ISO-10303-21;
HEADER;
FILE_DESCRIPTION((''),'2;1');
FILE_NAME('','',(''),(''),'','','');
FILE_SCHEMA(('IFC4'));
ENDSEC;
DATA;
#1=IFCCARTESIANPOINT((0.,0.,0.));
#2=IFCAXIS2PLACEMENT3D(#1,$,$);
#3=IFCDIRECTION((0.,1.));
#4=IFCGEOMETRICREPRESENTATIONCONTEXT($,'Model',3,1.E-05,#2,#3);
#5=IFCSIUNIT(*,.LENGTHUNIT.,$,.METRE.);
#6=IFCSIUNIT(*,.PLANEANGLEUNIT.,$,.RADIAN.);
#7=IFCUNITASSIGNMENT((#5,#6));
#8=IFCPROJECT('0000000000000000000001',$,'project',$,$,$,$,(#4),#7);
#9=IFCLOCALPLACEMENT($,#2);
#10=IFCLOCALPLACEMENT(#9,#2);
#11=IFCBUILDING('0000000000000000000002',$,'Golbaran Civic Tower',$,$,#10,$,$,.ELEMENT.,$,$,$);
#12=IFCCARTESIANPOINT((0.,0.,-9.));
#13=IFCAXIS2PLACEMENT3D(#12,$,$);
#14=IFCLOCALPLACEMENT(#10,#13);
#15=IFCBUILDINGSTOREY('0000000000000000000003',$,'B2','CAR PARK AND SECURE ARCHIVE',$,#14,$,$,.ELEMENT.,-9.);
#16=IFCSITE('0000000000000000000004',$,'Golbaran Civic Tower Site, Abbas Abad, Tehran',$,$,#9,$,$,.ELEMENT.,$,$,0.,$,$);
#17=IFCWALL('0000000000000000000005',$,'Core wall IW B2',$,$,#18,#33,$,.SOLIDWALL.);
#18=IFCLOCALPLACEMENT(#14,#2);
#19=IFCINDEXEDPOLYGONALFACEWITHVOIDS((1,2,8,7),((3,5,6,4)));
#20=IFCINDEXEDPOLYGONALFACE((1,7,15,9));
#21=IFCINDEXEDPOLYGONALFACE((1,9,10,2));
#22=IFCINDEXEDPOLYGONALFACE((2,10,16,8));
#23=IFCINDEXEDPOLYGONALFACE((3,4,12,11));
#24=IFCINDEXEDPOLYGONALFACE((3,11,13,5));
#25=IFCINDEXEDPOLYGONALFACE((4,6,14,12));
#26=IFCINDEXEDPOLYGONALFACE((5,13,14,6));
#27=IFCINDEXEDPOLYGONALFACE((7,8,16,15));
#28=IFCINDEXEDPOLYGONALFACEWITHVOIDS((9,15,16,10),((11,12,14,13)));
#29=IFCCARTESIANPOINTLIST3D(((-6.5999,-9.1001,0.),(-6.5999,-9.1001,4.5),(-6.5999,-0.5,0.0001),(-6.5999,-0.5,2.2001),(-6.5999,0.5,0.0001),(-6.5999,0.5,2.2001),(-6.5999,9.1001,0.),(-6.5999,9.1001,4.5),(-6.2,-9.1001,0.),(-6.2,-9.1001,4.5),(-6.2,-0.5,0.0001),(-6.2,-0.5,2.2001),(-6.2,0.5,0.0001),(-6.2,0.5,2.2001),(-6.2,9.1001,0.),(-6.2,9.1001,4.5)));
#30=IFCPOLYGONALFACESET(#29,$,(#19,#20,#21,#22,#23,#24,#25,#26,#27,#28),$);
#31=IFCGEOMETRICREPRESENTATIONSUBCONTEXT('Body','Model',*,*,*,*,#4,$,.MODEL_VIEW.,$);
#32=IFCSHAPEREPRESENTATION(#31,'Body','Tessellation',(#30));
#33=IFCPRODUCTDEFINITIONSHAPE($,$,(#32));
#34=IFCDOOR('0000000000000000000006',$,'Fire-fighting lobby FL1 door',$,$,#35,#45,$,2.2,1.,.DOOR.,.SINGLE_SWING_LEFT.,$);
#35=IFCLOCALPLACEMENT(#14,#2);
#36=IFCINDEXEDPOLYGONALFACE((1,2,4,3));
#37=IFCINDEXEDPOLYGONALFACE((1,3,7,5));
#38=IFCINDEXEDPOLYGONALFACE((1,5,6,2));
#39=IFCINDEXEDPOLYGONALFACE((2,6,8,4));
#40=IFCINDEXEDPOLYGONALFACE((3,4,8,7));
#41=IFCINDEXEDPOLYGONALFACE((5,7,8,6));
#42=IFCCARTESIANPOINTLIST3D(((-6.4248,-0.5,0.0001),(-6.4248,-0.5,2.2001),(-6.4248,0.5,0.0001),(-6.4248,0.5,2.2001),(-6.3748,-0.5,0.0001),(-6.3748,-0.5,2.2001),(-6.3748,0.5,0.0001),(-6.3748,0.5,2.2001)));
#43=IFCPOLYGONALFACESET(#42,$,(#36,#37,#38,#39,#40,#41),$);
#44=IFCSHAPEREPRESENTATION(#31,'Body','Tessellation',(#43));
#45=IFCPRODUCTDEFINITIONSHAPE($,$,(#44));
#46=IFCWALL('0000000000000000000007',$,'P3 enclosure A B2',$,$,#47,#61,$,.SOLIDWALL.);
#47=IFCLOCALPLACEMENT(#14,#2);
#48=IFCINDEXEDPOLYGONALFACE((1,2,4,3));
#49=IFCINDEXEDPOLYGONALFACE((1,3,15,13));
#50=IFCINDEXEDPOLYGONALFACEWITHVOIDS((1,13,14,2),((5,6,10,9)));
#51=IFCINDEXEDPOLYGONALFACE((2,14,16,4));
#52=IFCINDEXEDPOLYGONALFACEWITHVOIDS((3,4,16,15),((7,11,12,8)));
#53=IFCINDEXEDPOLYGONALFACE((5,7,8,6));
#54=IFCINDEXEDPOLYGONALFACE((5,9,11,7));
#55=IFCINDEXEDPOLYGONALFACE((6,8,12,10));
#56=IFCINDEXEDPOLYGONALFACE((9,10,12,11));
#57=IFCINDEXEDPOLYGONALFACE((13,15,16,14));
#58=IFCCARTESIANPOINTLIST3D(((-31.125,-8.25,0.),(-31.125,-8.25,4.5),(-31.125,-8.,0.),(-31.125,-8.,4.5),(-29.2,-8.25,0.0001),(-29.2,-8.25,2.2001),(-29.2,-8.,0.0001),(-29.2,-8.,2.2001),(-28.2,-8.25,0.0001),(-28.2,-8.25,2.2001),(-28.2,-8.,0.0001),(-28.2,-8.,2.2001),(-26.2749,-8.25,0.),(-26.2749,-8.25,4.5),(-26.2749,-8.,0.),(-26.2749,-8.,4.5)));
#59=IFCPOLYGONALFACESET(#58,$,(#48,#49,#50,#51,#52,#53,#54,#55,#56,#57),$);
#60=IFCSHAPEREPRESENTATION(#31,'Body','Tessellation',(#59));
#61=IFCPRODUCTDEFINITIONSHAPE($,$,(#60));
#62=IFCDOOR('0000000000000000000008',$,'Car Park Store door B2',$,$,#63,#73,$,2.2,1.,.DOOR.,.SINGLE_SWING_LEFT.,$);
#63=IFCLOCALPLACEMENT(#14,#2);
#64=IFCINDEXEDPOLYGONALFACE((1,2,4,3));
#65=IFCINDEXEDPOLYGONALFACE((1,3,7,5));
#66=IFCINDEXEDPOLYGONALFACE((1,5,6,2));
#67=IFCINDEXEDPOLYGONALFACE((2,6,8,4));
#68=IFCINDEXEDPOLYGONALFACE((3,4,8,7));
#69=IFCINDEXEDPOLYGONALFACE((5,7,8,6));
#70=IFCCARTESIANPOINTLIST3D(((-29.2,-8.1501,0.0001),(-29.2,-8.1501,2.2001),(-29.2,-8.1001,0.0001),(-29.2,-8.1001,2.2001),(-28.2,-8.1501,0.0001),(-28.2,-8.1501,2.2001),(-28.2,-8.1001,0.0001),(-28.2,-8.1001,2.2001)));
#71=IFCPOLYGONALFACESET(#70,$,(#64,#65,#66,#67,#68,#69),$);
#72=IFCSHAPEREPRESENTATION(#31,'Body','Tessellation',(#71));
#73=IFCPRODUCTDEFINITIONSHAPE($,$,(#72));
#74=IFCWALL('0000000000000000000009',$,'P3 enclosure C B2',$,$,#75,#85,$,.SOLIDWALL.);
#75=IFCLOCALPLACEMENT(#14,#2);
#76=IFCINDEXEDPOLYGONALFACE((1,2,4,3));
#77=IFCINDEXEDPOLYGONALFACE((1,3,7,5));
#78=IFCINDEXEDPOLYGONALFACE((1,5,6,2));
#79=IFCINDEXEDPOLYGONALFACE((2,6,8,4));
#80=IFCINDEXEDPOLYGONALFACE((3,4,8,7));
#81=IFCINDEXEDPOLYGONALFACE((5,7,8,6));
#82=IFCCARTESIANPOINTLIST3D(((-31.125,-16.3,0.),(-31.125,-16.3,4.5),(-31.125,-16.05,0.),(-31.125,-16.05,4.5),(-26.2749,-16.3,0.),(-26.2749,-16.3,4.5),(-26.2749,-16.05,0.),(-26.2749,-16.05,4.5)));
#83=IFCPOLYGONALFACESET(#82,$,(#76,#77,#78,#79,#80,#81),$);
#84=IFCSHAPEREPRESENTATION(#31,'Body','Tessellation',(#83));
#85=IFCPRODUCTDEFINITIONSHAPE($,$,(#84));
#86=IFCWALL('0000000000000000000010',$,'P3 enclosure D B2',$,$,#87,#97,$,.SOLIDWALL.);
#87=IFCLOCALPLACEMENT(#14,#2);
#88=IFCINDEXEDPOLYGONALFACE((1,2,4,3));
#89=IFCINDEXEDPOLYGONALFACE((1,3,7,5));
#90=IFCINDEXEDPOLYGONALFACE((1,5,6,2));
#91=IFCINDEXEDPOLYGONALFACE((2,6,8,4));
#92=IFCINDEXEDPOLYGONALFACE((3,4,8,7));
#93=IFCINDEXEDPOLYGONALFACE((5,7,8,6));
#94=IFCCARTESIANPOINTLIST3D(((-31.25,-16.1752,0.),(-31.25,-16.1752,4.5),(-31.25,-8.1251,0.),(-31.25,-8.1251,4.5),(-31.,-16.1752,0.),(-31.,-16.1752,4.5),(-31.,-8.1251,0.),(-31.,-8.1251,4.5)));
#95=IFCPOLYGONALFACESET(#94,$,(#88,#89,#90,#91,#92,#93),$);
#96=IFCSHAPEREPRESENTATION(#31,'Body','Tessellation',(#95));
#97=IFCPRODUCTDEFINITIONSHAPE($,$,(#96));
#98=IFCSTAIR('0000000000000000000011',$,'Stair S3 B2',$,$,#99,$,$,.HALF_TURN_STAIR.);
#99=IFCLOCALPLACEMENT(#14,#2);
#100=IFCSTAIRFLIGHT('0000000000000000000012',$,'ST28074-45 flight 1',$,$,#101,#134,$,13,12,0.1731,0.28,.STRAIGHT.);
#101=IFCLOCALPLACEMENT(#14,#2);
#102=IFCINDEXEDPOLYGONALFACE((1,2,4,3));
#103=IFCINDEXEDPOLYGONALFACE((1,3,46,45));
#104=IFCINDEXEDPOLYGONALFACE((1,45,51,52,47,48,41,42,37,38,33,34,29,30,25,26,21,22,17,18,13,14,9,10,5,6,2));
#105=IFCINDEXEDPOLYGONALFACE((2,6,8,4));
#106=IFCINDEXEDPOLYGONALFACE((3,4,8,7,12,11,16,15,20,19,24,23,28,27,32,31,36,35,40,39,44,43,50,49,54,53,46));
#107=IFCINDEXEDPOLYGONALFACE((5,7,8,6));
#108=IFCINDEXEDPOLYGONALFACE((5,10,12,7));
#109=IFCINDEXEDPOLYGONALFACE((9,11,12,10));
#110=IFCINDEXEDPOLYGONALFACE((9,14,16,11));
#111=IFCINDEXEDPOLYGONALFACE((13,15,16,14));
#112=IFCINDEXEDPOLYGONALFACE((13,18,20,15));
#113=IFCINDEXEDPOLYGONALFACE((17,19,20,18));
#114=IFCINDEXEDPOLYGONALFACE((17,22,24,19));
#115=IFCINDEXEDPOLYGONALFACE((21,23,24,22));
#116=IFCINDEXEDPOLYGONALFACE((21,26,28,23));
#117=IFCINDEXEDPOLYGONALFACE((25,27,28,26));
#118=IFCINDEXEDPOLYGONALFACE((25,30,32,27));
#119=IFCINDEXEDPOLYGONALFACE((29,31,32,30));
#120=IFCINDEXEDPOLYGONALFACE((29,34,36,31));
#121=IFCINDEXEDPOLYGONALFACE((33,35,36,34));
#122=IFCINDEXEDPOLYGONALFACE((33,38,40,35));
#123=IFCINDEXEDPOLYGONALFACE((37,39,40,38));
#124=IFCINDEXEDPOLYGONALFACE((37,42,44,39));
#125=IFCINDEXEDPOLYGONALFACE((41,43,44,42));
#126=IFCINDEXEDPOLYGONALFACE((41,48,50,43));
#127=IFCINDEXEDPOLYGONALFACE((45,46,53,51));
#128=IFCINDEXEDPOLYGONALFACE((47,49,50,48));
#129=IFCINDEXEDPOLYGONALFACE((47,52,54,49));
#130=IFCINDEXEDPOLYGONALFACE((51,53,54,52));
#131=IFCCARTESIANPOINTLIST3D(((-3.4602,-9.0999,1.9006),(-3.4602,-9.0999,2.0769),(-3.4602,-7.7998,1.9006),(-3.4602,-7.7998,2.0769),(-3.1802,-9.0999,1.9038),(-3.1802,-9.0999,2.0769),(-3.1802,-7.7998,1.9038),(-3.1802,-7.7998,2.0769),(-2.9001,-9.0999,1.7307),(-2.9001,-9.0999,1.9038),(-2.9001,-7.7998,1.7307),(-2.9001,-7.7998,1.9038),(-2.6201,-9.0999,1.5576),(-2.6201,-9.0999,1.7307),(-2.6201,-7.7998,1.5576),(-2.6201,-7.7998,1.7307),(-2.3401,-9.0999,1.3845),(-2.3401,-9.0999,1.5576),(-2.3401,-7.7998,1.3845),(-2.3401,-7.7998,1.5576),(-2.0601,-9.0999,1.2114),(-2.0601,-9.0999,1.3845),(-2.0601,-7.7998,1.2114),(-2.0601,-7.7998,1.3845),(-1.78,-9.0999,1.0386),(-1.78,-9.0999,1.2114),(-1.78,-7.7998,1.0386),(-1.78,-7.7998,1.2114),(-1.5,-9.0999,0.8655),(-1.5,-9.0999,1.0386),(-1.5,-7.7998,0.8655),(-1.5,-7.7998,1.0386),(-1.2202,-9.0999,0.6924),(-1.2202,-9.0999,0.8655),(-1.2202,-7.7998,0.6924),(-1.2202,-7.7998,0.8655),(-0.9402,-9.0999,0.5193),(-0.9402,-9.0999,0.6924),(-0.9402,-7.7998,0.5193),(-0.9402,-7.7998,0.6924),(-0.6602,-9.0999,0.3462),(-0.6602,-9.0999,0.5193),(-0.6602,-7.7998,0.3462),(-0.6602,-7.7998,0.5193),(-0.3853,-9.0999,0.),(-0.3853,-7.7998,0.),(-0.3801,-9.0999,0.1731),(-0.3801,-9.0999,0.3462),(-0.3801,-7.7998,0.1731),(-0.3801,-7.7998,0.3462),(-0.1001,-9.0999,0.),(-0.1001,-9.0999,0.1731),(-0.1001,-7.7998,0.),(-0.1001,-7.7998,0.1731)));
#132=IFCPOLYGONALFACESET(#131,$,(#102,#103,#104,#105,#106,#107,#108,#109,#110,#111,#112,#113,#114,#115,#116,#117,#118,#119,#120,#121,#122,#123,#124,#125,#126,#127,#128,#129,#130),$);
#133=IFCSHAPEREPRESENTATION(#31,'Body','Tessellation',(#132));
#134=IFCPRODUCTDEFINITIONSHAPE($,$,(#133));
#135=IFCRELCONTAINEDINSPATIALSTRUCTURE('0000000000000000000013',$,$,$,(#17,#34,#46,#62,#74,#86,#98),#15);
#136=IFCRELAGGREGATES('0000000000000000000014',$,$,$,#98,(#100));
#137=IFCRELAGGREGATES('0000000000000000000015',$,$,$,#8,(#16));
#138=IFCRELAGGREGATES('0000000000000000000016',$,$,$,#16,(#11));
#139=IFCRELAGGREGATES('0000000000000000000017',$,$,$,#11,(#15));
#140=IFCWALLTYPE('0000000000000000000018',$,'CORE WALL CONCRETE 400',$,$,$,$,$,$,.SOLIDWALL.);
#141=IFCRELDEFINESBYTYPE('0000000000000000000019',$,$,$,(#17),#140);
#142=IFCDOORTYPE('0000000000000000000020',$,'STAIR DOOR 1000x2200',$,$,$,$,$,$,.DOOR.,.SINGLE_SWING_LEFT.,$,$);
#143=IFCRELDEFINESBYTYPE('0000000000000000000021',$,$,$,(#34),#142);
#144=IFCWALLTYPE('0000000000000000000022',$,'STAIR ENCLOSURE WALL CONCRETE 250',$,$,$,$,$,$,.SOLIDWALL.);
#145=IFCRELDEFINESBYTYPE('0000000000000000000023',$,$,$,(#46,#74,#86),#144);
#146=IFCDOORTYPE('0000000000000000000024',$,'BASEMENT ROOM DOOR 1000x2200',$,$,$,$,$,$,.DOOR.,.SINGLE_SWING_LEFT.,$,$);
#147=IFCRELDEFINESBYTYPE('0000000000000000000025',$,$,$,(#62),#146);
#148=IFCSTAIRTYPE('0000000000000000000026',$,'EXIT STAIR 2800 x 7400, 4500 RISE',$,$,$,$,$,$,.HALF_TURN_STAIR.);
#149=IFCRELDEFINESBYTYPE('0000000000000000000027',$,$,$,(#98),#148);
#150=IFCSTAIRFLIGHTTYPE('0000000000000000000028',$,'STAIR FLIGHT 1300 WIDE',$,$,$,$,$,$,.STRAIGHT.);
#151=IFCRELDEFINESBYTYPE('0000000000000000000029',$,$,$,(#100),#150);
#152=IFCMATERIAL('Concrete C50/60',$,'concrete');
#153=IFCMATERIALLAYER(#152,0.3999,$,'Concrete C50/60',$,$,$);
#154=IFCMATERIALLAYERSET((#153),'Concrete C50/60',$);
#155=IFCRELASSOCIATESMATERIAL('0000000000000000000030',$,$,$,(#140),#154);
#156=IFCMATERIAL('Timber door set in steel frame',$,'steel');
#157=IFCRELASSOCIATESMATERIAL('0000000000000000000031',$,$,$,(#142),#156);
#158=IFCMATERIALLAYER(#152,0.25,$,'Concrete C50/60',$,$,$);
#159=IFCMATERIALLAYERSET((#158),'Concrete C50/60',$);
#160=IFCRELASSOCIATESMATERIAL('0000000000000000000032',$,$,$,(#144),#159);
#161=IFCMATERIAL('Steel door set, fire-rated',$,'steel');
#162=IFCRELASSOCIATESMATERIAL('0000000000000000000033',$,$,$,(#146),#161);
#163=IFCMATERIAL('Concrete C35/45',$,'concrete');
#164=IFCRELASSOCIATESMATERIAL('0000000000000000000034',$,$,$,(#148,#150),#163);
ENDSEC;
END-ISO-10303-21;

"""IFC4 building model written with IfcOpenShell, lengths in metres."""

from ifc_helpers import new_model, si_unit, direction, frame, frame_2d, origin, place, context, subcontext, project, spatial, polyline, rectangle, outline, extrude, material, layer, layer_set, type_object, element, fill, aggregate, save


model = new_model("IFC4")

# Units and contexts
model_context = context("Model", 3, precision=1e-05, world=origin(), true_north=direction((0.0, 1.0)))
body_context = subcontext(model_context, "Body", "Model", "MODEL_VIEW")
ifc_project = project(units=[si_unit("LENGTHUNIT", "METRE"), si_unit("PLANEANGLEUNIT", "RADIAN")], contexts=[model_context])

# Site, building, storey
site_placement = place(None, origin())
site = spatial("IfcSite", under=ifc_project, at=site_placement, Name="Golbaran Civic Tower Site, Abbas Abad, Tehran", CompositionType="ELEMENT", RefElevation=0.0)
building_placement = place(site_placement, origin())
building = spatial("IfcBuilding", under=site, at=building_placement, Name="Golbaran Civic Tower", CompositionType="ELEMENT")
storey_placement = place(building_placement, frame((0.0, 0.0, -9.0)))
storey = spatial("IfcBuildingStorey", under=building, at=storey_placement, Name="B2", Description="CAR PARK AND SECURE ARCHIVE", CompositionType="ELEMENT", Elevation=-9.0)

# Shared definitions
ifc_material_1 = material(Name="Concrete C50/60", Category="concrete")

# Walls, openings, doors
ifc_layer_1 = layer(ifc_material_1, 0.3999, Name="Concrete C50/60")
ifc_layer_set_1 = layer_set([ifc_layer_1], Name="Concrete C50/60")
wall_type_1 = type_object("IfcWallType", Name="CORE WALL CONCRETE 400", PredefinedType="SOLIDWALL", material=ifc_layer_set_1)
wall_1_placement = place(storey_placement, frame((-6.3999, -9.1001, 0.0), z_axis=(0.0, 0.0, 1.0), x_axis=(0.0, 1.0, 0.0)))
wall_1 = element("IfcWall", 1, at=wall_1_placement, inside=storey, type_object=wall_type_1, Name="Core wall IW B2", PredefinedType="SOLIDWALL", context=body_context, shape_type="SweptSolid", body=[
    extrude(rectangle(XDim=18.2002, YDim=0.3999, at=frame_2d((9.1001, 0.0))), origin(), (0.0, 0.0, 1.0), 4.5),
])
opening_1_placement = place(wall_1_placement, frame((8.6001, 0.0, 0.0)))
opening_1 = element("IfcOpeningElement", 2, at=opening_1_placement, cuts=wall_1, PredefinedType="OPENING", context=body_context, shape_type="SweptSolid", body=[
    extrude(rectangle(XDim=1.0, YDim=2.2, at=frame_2d((0.5, 1.1001))), frame((0.0, 0.21, 0.0), z_axis=(0.0, -1.0, 0.0), x_axis=(1.0, 0.0, 0.0)), (0.0, 0.0, 1.0), 0.4199),
])
ifc_material_2 = material(Name="Timber door set in steel frame", Category="steel")
door_type_1 = type_object("IfcDoorType", Name="STAIR DOOR 1000x2200", OperationType="SINGLE_SWING_LEFT", PredefinedType="DOOR", material=ifc_material_2)
door_1_placement = place(opening_1_placement, origin())
door_1 = element("IfcDoor", 3, at=door_1_placement, inside=storey, type_object=door_type_1, Name="Fire-fighting lobby FL1 door", OperationType="SINGLE_SWING_LEFT", OverallHeight=2.2, OverallWidth=1.0, PredefinedType="DOOR", context=body_context, shape_type="SweptSolid", body=[
    extrude(rectangle(XDim=1.0, YDim=2.2, at=frame_2d((0.5, 1.1001))), frame((0.0, 0.0249, 0.0), z_axis=(0.0, -1.0, 0.0), x_axis=(1.0, 0.0, 0.0)), (0.0, 0.0, 1.0), 0.05),
])
fill(opening_1, door_1)
ifc_layer_2 = layer(ifc_material_1, 0.25, Name="Concrete C50/60")
ifc_layer_set_2 = layer_set([ifc_layer_2], Name="Concrete C50/60")
wall_type_2 = type_object("IfcWallType", Name="STAIR ENCLOSURE WALL CONCRETE 250", PredefinedType="SOLIDWALL", material=ifc_layer_set_2)
wall_2_placement = place(storey_placement, frame((-31.125, -8.125, 0.0), z_axis=(0.0, 0.0, 1.0), x_axis=(1.0, 0.0, 0.0)))
wall_2 = element("IfcWall", 4, at=wall_2_placement, inside=storey, type_object=wall_type_2, Name="P3 enclosure A B2", PredefinedType="SOLIDWALL", context=body_context, shape_type="SweptSolid", body=[
    extrude(rectangle(XDim=4.8501, YDim=0.25, at=frame_2d((2.425, 0.0))), origin(), (0.0, 0.0, 1.0), 4.5),
])
opening_2_placement = place(wall_2_placement, frame((1.925, 0.0, 0.0)))
opening_2 = element("IfcOpeningElement", 5, at=opening_2_placement, cuts=wall_2, PredefinedType="OPENING", context=body_context, shape_type="SweptSolid", body=[
    extrude(rectangle(XDim=1.0, YDim=2.2, at=frame_2d((0.5, 1.1001))), frame((0.0, 0.135, 0.0), z_axis=(0.0, -1.0, 0.0), x_axis=(1.0, 0.0, 0.0)), (0.0, 0.0, 1.0), 0.27),
])
ifc_material_3 = material(Name="Steel door set, fire-rated", Category="steel")
door_type_2 = type_object("IfcDoorType", Name="BASEMENT ROOM DOOR 1000x2200", OperationType="SINGLE_SWING_LEFT", PredefinedType="DOOR", material=ifc_material_3)
door_2_placement = place(opening_2_placement, origin())
door_2 = element("IfcDoor", 6, at=door_2_placement, inside=storey, type_object=door_type_2, Name="Car Park Store door B2", OperationType="SINGLE_SWING_LEFT", OverallHeight=2.2, OverallWidth=1.0, PredefinedType="DOOR", context=body_context, shape_type="SweptSolid", body=[
    extrude(rectangle(XDim=1.0, YDim=2.2, at=frame_2d((0.5, 1.1001))), frame((0.0, 0.0249, 0.0), z_axis=(0.0, -1.0, 0.0), x_axis=(1.0, 0.0, 0.0)), (0.0, 0.0, 1.0), 0.05),
])
fill(opening_2, door_2)

# Walls
wall_3_placement = place(storey_placement, frame((-26.2749, -16.175, 0.0), z_axis=(0.0, 0.0, 1.0), x_axis=(-1.0, 0.0, 0.0)))
element("IfcWall", 7, at=wall_3_placement, inside=storey, type_object=wall_type_2, Name="P3 enclosure C B2", PredefinedType="SOLIDWALL", context=body_context, shape_type="SweptSolid", body=[
    extrude(rectangle(XDim=4.8501, YDim=0.25, at=frame_2d((2.425, 0.0))), origin(), (0.0, 0.0, 1.0), 4.5),
])
wall_4_placement = place(storey_placement, frame((-31.125, -16.175, 0.0), z_axis=(0.0, 0.0, 1.0), x_axis=(0.0, 1.0, 0.0)))
element("IfcWall", 8, at=wall_4_placement, inside=storey, type_object=wall_type_2, Name="P3 enclosure D B2", PredefinedType="SOLIDWALL", context=body_context, shape_type="SweptSolid", body=[
    extrude(rectangle(XDim=8.05, YDim=0.25, at=frame_2d((4.0249, 0.0))), origin(), (0.0, 0.0, 1.0), 4.5),
])

# Stair, stair flight
ifc_material_4 = material(Name="Concrete C35/45", Category="concrete")
stair_type = type_object("IfcStairType", Name="EXIT STAIR 2800 x 7400, 4500 RISE", PredefinedType="HALF_TURN_STAIR", material=ifc_material_4)
stair_placement = place(storey_placement, origin())
stair = element("IfcStair", 9, at=stair_placement, inside=storey, type_object=stair_type, Name="Stair S3 B2", PredefinedType="HALF_TURN_STAIR")
stair_flight_type = type_object("IfcStairFlightType", Name="STAIR FLIGHT 1300 WIDE", PredefinedType="STRAIGHT", material=ifc_material_4)
stair_flight_placement = place(storey_placement, frame((-0.1001, -8.45, 0.0), z_axis=(0.0, 0.0, 1.0), x_axis=(-1.0, 0.0, 0.0)))
stair_flight = element("IfcStairFlight", 10, at=stair_flight_placement, type_object=stair_flight_type, Name="ST28074-45 flight 1", NumberOfRisers=13, NumberOfTreads=12, PredefinedType="STRAIGHT", RiserHeight=0.1731, TreadLength=0.28, context=body_context, shape_type="SweptSolid", body=[
    extrude(outline(polyline([(0.0, 0.0), (0.0, 0.1731), (0.28, 0.1731), (0.28, 0.3462), (0.5601, 0.3462), (0.5601, 0.5193), (0.8401, 0.5193), (0.8401, 0.6924), (1.1201, 0.6924), (1.1201, 0.8655), (1.3999, 0.8655), (1.3999, 1.0386), (1.6799, 1.0386), (1.6799, 1.2114), (1.96, 1.2114), (1.96, 1.3845), (2.24, 1.3845), (2.24, 1.5576), (2.52, 1.5576), (2.52, 1.7307), (2.8, 1.7307), (2.8, 1.9038), (3.0801, 1.9038), (3.0801, 2.0769), (3.3601, 2.0769), (3.3601, 2.25), (3.3601, 1.9006), (0.2852, 0.0), (0.0, 0.0)])), frame((0.0, 0.6499, 0.0), z_axis=(0.0, -1.0, 0.0), x_axis=(1.0, 0.0, 0.0)), (0.0, 0.0, 1.0), 1.3),
])
aggregate(stair, [stair_flight])

save(model, "model.ifc")
